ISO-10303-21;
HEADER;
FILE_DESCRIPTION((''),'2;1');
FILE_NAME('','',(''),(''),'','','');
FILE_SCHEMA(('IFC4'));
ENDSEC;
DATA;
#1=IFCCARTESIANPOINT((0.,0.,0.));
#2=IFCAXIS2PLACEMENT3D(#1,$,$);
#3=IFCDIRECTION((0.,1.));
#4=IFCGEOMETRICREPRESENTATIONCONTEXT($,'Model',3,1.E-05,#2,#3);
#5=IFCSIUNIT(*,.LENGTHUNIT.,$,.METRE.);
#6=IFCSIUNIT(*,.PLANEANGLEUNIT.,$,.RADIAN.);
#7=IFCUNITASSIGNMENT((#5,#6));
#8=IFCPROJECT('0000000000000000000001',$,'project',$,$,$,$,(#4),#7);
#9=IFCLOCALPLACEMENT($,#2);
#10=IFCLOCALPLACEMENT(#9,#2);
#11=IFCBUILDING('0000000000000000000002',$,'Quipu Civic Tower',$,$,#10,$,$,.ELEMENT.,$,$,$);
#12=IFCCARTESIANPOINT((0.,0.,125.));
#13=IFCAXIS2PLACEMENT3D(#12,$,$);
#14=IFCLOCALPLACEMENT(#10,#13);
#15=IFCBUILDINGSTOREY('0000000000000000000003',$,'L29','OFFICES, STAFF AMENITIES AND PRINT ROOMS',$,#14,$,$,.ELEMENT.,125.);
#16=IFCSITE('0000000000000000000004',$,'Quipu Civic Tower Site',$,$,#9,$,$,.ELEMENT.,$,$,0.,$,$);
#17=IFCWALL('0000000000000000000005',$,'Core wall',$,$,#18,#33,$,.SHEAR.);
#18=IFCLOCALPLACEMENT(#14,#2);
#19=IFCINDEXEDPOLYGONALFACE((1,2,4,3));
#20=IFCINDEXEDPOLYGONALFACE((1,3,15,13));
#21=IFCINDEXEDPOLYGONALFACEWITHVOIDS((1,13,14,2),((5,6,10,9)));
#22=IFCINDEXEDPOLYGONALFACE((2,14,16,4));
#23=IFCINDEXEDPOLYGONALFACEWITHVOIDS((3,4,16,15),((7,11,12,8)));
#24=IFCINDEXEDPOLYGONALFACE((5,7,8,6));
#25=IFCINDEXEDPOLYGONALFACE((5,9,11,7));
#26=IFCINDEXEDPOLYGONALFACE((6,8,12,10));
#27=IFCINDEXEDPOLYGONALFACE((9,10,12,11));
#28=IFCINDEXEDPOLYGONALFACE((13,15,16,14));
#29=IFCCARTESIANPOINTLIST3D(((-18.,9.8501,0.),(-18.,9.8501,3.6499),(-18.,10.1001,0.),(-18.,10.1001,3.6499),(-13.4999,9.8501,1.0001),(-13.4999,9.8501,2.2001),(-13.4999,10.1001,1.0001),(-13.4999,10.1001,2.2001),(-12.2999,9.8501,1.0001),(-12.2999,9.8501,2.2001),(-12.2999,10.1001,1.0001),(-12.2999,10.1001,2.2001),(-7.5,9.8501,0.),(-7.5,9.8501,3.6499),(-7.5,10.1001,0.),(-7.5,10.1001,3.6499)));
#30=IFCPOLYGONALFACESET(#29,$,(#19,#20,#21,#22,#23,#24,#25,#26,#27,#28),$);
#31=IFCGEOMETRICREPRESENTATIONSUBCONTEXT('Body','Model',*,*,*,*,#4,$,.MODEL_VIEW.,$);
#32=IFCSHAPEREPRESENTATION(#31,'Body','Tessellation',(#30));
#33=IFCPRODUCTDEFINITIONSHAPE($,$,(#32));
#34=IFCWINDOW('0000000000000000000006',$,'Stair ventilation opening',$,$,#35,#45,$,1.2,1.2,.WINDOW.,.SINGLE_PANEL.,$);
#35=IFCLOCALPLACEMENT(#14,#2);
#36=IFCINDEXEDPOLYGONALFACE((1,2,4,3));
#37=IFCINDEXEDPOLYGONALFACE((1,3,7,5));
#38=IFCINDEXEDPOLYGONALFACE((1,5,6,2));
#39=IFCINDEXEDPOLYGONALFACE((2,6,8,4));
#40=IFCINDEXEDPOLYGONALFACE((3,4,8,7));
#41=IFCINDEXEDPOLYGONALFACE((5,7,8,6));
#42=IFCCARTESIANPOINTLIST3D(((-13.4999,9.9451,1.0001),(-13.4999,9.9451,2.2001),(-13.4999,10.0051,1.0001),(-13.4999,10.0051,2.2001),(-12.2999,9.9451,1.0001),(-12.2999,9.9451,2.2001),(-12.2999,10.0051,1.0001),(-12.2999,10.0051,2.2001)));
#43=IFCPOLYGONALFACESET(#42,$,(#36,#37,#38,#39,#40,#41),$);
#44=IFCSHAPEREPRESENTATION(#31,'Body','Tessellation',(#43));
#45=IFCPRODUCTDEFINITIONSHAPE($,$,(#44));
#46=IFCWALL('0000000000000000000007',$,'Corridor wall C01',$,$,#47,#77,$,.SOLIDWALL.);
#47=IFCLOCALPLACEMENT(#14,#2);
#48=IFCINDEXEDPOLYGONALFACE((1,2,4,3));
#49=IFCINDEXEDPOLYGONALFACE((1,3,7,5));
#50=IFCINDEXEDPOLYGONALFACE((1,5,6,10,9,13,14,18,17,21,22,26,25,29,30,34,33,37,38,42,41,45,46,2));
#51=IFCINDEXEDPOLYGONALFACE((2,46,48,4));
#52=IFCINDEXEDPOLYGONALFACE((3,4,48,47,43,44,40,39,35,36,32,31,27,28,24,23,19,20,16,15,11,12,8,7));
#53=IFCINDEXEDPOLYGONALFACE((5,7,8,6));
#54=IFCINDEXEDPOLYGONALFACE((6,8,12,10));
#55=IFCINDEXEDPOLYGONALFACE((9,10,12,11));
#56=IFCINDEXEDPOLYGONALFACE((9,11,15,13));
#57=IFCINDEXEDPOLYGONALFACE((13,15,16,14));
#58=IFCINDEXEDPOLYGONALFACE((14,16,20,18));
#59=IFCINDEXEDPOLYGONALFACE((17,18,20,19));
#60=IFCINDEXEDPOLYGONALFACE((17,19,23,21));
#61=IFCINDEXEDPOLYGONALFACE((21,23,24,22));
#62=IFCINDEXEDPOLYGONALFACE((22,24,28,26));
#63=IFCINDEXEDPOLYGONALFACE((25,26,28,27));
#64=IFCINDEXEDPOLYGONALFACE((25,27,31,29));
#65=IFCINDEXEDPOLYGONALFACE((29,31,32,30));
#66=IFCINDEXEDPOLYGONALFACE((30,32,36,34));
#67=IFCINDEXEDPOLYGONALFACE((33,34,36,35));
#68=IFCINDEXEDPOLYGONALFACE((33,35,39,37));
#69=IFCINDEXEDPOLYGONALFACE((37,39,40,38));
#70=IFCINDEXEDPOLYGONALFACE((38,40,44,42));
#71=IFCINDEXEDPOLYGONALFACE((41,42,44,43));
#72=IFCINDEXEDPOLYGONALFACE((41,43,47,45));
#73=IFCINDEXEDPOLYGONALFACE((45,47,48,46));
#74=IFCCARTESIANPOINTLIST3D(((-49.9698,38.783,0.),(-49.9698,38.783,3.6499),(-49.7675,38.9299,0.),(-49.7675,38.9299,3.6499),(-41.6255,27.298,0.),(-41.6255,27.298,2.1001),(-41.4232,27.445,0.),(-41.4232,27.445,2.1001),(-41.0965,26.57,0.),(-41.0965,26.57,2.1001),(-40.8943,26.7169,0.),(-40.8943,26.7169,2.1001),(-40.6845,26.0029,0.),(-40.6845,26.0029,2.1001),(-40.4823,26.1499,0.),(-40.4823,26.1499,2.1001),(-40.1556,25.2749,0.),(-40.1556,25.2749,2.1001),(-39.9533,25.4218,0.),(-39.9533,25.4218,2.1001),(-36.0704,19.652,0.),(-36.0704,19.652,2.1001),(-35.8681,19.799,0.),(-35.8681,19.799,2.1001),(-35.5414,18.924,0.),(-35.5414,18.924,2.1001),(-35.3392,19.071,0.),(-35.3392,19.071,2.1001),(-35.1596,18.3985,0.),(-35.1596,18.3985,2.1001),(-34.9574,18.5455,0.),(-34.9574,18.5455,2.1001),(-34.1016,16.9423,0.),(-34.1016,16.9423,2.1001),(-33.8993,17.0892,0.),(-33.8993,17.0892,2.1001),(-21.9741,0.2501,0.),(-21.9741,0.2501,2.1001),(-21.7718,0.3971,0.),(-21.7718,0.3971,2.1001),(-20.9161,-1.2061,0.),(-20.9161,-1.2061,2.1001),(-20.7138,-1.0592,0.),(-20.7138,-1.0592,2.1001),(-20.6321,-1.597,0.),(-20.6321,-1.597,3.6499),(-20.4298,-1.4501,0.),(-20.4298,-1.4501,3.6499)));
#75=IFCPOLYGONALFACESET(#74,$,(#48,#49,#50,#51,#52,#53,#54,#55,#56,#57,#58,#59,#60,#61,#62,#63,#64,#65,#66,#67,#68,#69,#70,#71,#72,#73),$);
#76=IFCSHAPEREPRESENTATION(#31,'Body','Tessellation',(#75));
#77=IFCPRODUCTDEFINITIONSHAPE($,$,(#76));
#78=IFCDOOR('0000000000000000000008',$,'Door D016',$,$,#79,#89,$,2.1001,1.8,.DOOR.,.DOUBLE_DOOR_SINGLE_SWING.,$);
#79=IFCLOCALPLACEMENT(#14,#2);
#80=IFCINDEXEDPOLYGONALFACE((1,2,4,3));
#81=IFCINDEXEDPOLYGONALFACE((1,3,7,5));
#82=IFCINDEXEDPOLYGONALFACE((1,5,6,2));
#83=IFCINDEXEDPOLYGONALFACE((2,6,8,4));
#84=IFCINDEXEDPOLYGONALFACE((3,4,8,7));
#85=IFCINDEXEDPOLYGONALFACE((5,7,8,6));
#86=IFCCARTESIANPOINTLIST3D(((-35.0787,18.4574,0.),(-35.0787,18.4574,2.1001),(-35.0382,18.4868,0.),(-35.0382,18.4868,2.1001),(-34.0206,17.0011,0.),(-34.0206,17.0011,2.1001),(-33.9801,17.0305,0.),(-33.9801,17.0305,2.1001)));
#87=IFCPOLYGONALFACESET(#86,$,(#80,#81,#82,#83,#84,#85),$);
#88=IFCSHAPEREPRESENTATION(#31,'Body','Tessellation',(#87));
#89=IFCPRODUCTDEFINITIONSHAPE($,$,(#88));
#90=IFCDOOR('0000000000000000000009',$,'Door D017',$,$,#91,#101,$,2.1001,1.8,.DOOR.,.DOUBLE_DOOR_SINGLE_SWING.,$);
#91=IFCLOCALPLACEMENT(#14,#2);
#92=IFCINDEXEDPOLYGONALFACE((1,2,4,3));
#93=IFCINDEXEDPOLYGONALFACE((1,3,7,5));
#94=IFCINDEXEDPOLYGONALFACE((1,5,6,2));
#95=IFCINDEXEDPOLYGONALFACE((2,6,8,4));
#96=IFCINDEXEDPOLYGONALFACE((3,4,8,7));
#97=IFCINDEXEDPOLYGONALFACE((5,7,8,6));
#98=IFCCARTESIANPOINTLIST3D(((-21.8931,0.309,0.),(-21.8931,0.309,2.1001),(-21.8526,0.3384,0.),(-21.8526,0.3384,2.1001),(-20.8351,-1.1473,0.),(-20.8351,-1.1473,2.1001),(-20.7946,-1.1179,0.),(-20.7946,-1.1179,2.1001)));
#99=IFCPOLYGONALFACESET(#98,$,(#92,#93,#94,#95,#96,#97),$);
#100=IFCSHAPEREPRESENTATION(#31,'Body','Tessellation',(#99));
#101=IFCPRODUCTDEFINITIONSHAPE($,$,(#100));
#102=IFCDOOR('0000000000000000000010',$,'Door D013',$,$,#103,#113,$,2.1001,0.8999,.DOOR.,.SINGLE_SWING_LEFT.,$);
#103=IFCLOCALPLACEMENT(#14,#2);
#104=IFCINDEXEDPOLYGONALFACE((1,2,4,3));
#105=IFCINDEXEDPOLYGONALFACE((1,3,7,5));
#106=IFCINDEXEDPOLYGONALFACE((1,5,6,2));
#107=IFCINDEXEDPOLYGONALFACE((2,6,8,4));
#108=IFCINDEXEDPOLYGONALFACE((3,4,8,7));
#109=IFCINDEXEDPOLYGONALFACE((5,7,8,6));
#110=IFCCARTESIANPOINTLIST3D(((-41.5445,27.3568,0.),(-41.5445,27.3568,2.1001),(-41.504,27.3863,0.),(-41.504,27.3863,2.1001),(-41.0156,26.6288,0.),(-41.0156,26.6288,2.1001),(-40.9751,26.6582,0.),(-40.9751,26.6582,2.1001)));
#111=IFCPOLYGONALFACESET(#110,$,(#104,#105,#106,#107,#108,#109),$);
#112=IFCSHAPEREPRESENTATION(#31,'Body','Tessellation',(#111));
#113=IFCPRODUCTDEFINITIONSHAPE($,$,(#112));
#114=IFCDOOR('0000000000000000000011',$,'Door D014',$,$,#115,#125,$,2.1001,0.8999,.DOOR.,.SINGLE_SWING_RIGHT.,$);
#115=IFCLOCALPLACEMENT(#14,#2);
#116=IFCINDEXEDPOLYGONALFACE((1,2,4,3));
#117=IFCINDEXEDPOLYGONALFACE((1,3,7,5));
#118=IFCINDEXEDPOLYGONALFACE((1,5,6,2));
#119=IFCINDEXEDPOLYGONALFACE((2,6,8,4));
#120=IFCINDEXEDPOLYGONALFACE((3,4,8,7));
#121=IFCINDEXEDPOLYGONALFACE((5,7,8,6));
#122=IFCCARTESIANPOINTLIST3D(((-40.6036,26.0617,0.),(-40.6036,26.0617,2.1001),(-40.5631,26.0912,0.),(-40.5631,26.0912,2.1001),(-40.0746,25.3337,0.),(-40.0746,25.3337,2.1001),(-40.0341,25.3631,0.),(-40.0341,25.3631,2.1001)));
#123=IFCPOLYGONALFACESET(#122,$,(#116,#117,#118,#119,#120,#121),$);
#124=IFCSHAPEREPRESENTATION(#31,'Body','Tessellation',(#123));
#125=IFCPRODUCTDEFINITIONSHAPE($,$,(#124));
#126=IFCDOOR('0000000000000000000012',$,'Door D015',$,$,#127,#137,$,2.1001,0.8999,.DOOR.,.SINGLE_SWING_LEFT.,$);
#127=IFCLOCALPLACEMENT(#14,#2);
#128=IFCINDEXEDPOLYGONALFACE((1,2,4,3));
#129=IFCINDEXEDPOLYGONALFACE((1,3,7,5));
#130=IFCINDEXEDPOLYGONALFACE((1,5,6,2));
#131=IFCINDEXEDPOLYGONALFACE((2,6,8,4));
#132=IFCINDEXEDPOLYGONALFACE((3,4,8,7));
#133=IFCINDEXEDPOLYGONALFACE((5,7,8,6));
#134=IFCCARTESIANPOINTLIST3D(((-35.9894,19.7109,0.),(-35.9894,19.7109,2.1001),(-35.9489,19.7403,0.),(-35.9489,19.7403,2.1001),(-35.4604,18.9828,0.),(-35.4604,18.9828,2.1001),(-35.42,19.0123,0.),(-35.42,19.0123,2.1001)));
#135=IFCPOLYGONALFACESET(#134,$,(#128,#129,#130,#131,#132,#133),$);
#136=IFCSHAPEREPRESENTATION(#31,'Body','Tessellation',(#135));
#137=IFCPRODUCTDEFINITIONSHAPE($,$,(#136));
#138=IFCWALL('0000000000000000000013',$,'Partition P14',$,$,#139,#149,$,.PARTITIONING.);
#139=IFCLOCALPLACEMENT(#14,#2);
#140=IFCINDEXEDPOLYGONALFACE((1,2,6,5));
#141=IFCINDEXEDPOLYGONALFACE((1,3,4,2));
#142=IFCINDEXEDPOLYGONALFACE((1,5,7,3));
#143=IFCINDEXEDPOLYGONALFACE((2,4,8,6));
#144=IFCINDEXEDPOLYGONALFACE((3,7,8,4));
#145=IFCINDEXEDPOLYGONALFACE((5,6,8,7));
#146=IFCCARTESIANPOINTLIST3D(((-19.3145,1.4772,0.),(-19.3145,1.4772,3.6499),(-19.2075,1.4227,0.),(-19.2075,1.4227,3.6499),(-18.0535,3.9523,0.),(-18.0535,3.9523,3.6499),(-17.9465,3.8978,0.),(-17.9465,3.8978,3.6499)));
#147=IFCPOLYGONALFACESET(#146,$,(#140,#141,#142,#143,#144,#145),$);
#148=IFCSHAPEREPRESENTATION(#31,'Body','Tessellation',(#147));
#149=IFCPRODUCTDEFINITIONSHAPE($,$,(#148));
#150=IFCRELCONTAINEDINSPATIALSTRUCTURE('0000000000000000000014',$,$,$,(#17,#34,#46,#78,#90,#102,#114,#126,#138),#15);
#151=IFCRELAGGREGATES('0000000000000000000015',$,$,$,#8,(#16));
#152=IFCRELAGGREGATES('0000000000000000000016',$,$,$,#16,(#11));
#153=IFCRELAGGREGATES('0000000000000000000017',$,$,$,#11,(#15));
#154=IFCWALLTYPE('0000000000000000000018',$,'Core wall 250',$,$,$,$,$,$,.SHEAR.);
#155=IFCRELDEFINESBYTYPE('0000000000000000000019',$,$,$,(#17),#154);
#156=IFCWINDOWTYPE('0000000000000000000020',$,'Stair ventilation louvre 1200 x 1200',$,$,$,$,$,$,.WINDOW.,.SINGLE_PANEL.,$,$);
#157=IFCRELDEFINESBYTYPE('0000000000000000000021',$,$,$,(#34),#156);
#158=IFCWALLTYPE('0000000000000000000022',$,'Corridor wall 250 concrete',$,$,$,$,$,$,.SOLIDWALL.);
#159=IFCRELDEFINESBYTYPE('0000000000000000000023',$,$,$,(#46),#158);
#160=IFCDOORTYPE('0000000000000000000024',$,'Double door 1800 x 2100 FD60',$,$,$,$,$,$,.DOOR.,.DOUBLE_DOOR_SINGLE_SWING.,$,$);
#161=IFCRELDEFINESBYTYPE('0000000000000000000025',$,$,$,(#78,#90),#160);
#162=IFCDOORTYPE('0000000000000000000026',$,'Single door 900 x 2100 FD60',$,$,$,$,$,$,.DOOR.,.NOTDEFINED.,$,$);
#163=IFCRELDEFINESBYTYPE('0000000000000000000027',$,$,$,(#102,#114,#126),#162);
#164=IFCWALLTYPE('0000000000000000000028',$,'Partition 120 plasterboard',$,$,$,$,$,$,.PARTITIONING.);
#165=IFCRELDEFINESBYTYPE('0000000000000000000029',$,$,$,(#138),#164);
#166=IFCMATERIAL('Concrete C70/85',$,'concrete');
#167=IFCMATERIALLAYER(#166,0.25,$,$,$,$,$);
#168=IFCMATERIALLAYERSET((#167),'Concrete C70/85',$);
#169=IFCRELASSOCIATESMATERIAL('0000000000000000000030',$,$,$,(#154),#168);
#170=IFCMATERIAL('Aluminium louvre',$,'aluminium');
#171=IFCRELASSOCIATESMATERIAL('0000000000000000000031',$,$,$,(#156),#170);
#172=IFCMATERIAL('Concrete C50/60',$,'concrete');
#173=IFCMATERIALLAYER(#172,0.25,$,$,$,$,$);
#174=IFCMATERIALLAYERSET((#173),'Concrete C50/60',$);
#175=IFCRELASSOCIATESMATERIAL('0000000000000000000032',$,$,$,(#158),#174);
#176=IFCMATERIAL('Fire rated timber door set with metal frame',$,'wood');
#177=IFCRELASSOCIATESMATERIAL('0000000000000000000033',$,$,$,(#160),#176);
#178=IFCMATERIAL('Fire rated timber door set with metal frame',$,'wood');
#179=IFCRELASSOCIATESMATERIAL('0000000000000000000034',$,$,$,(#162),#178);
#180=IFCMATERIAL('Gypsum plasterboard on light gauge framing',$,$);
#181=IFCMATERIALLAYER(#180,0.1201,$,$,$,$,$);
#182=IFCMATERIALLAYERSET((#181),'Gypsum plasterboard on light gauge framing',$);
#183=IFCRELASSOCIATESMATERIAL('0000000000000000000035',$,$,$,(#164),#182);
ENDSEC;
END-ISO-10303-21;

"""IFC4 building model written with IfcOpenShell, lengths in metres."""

from ifc_helpers import new_model, si_unit, direction, frame, frame_2d, origin, place, context, subcontext, project, spatial, rectangle, extrude, material, layer, layer_set, type_object, element, fill, save


model = new_model("IFC4")

# Units and contexts
model_context = context("Model", 3, precision=1e-05, world=origin(), true_north=direction((0.0, 1.0)))
body_context = subcontext(model_context, "Body", "Model", "MODEL_VIEW")
ifc_project = project(units=[si_unit("LENGTHUNIT", "METRE"), si_unit("PLANEANGLEUNIT", "RADIAN")], contexts=[model_context])

# Site, building, storey
site_placement = place(None, origin())
site = spatial("IfcSite", under=ifc_project, at=site_placement, Name="Quipu Civic Tower Site", CompositionType="ELEMENT", RefElevation=0.0)
building_placement = place(site_placement, origin())
building = spatial("IfcBuilding", under=site, at=building_placement, Name="Quipu Civic Tower", CompositionType="ELEMENT")
storey_placement = place(building_placement, frame((0.0, 0.0, 125.0)))
storey = spatial("IfcBuildingStorey", under=building, at=storey_placement, Name="L29", Description="OFFICES, STAFF AMENITIES AND PRINT ROOMS", CompositionType="ELEMENT", Elevation=125.0)

# Shared definitions
ifc_material_1 = material(Name="Concrete C70/85", Category="concrete")
ifc_layer_1 = layer(ifc_material_1, 0.25)
ifc_layer_set_1 = layer_set([ifc_layer_1], Name="Concrete C70/85")
wall_type_1 = type_object("IfcWallType", Name="Core wall 250", PredefinedType="SHEAR", material=ifc_layer_set_1)

# Wall, opening, window
wall_1_placement = place(storey_placement, frame((-18.0, 9.9751, 0.0), z_axis=(0.0, 0.0, 1.0), x_axis=(1.0, 0.0, 0.0)))
wall_1 = element("IfcWall", 1, at=wall_1_placement, inside=storey, type_object=wall_type_1, Name="Core wall", PredefinedType="SHEAR", context=body_context, shape_type="SweptSolid", body=[
    extrude(rectangle(XDim=10.5, YDim=0.25, at=frame_2d((5.25, 0.0))), origin(), (0.0, 0.0, 1.0), 3.6499),
])
opening_1_placement = place(wall_1_placement, frame((4.5, 0.0, 1.0)))
opening_1 = element("IfcOpeningElement", 2, at=opening_1_placement, cuts=wall_1, PredefinedType="OPENING", context=body_context, shape_type="SweptSolid", body=[
    extrude(rectangle(XDim=1.2, YDim=1.2, at=frame_2d((0.6001, 0.6001))), frame((0.0, 0.135, 0.0), z_axis=(0.0, -1.0, 0.0), x_axis=(1.0, 0.0, 0.0)), (0.0, 0.0, 1.0), 0.27),
])
ifc_material_2 = material(Name="Aluminium louvre", Category="aluminium")
window_type = type_object("IfcWindowType", Name="Stair ventilation louvre 1200 x 1200", PartitioningType="SINGLE_PANEL", PredefinedType="WINDOW", material=ifc_material_2)
window_placement = place(opening_1_placement, origin())
window = element("IfcWindow", 3, at=window_placement, inside=storey, type_object=window_type, Name="Stair ventilation opening", OverallHeight=1.2, OverallWidth=1.2, PartitioningType="SINGLE_PANEL", PredefinedType="WINDOW", context=body_context, shape_type="SweptSolid", body=[
    extrude(rectangle(XDim=1.2, YDim=1.2, at=frame_2d((0.6001, 0.6001))), frame((0.0, 0.03, 0.0), z_axis=(0.0, -1.0, 0.0), x_axis=(1.0, 0.0, 0.0)), (0.0, 0.0, 1.0), 0.0601),
])
fill(opening_1, window)

# Wall, openings, doors
ifc_material_3 = material(Name="Concrete C50/60", Category="concrete")
ifc_layer_2 = layer(ifc_material_3, 0.25)
ifc_layer_set_2 = layer_set([ifc_layer_2], Name="Concrete C50/60")
wall_type_2 = type_object("IfcWallType", Name="Corridor wall 250 concrete", PredefinedType="SOLIDWALL", material=ifc_layer_set_2)
wall_2_placement = place(storey_placement, frame((-20.531, -1.5234, 0.0), z_axis=(0.0, 0.0, 1.0), x_axis=(-0.587785, 0.809018, 0.0)))
wall_2 = element("IfcWall", 4, at=wall_2_placement, inside=storey, type_object=wall_type_2, Name="Corridor wall C01", PredefinedType="SOLIDWALL", context=body_context, shape_type="SweptSolid", body=[
    extrude(rectangle(XDim=49.9124, YDim=0.25, at=frame_2d((24.9561, 0.0))), origin(), (0.0, 0.0, 1.0), 3.6499),
])
opening_2_placement = place(wall_2_placement, frame((34.8162, 0.0, 0.0)))
opening_2 = element("IfcOpeningElement", 5, at=opening_2_placement, cuts=wall_2, PredefinedType="OPENING", context=body_context, shape_type="SweptSolid", body=[
    extrude(rectangle(XDim=0.8999, YDim=2.1001, at=frame_2d((0.45, 1.05))), frame((0.0, 0.135, 0.0), z_axis=(0.0, -1.0, 0.0), x_axis=(1.0, 0.0, 0.0)), (0.0, 0.0, 1.0), 0.27),
])
opening_3_placement = place(wall_2_placement, frame((33.2153, 0.0, 0.0)))
opening_3 = element("IfcOpeningElement", 6, at=opening_3_placement, cuts=wall_2, PredefinedType="OPENING", context=body_context, shape_type="SweptSolid", body=[
    extrude(rectangle(XDim=0.8999, YDim=2.1001, at=frame_2d((0.45, 1.05))), frame((0.0, 0.135, 0.0), z_axis=(0.0, -1.0, 0.0), x_axis=(1.0, 0.0, 0.0)), (0.0, 0.0, 1.0), 0.27),
])
opening_4_placement = place(wall_2_placement, frame((22.9158, 0.0, 0.0)))
opening_4 = element("IfcOpeningElement", 7, at=opening_4_placement, cuts=wall_2, PredefinedType="OPENING", context=body_context, shape_type="SweptSolid", body=[
    extrude(rectangle(XDim=1.8, YDim=2.1001, at=frame_2d((0.8999, 1.05))), frame((0.0, 0.135, 0.0), z_axis=(0.0, -1.0, 0.0), x_axis=(1.0, 0.0, 0.0)), (0.0, 0.0, 1.0), 0.27),
])
opening_5_placement = place(wall_2_placement, frame((0.4832, 0.0, 0.0)))
opening_5 = element("IfcOpeningElement", 8, at=opening_5_placement, cuts=wall_2, PredefinedType="OPENING", context=body_context, shape_type="SweptSolid", body=[
    extrude(rectangle(XDim=1.8, YDim=2.1001, at=frame_2d((0.8999, 1.05))), frame((0.0, 0.135, 0.0), z_axis=(0.0, -1.0, 0.0), x_axis=(1.0, 0.0, 0.0)), (0.0, 0.0, 1.0), 0.27),
])
opening_6_placement = place(wall_2_placement, frame((25.3652, 0.0, 0.0)))
opening_6 = element("IfcOpeningElement", 9, at=opening_6_placement, cuts=wall_2, PredefinedType="OPENING", context=body_context, shape_type="SweptSolid", body=[
    extrude(rectangle(XDim=0.8999, YDim=2.1001, at=frame_2d((0.45, 1.05))), frame((0.0, 0.135, 0.0), z_axis=(0.0, -1.0, 0.0), x_axis=(1.0, 0.0, 0.0)), (0.0, 0.0, 1.0), 0.27),
])
ifc_material_4 = material(Name="Fire rated timber door set with metal frame", Category="wood")
door_type_1 = type_object("IfcDoorType", Name="Double door 1800 x 2100 FD60", OperationType="DOUBLE_DOOR_SINGLE_SWING", PredefinedType="DOOR", material=ifc_material_4)
door_1_placement = place(opening_4_placement, origin())
door_1 = element("IfcDoor", 10, at=door_1_placement, inside=storey, type_object=door_type_1, Name="Door D016", OperationType="DOUBLE_DOOR_SINGLE_SWING", OverallHeight=2.1001, OverallWidth=1.8, PredefinedType="DOOR", context=body_context, shape_type="SweptSolid", body=[
    extrude(rectangle(XDim=1.8, YDim=2.1001, at=frame_2d((0.8999, 1.05))), frame((0.0, 0.0249, 0.0), z_axis=(0.0, -1.0, 0.0), x_axis=(1.0, 0.0, 0.0)), (0.0, 0.0, 1.0), 0.05),
])
fill(opening_4, door_1)
door_2_placement = place(opening_5_placement, origin())
door_2 = element("IfcDoor", 11, at=door_2_placement, inside=storey, type_object=door_type_1, Name="Door D017", OperationType="DOUBLE_DOOR_SINGLE_SWING", OverallHeight=2.1001, OverallWidth=1.8, PredefinedType="DOOR", context=body_context, shape_type="SweptSolid", body=[
    extrude(rectangle(XDim=1.8, YDim=2.1001, at=frame_2d((0.8999, 1.05))), frame((0.0, 0.0249, 0.0), z_axis=(0.0, -1.0, 0.0), x_axis=(1.0, 0.0, 0.0)), (0.0, 0.0, 1.0), 0.05),
])
fill(opening_5, door_2)
ifc_material_5 = material(Name="Fire rated timber door set with metal frame", Category="wood")
door_type_2 = type_object("IfcDoorType", Name="Single door 900 x 2100 FD60", OperationType="NOTDEFINED", PredefinedType="DOOR", material=ifc_material_5)
door_3_placement = place(opening_2_placement, origin())
door_3 = element("IfcDoor", 12, at=door_3_placement, inside=storey, type_object=door_type_2, Name="Door D013", OperationType="SINGLE_SWING_LEFT", OverallHeight=2.1001, OverallWidth=0.8999, PredefinedType="DOOR", context=body_context, shape_type="SweptSolid", body=[
    extrude(rectangle(XDim=0.8999, YDim=2.1001, at=frame_2d((0.45, 1.05))), frame((0.0, 0.0249, 0.0), z_axis=(0.0, -1.0, 0.0), x_axis=(1.0, 0.0, 0.0)), (0.0, 0.0, 1.0), 0.05),
])
fill(opening_2, door_3)
door_4_placement = place(opening_3_placement, origin())
door_4 = element("IfcDoor", 13, at=door_4_placement, inside=storey, type_object=door_type_2, Name="Door D014", OperationType="SINGLE_SWING_RIGHT", OverallHeight=2.1001, OverallWidth=0.8999, PredefinedType="DOOR", context=body_context, shape_type="SweptSolid", body=[
    extrude(rectangle(XDim=0.8999, YDim=2.1001, at=frame_2d((0.45, 1.05))), frame((0.0, 0.0249, 0.0), z_axis=(0.0, -1.0, 0.0), x_axis=(1.0, 0.0, 0.0)), (0.0, 0.0, 1.0), 0.05),
])
fill(opening_3, door_4)
door_5_placement = place(opening_6_placement, origin())
door_5 = element("IfcDoor", 14, at=door_5_placement, inside=storey, type_object=door_type_2, Name="Door D015", OperationType="SINGLE_SWING_LEFT", OverallHeight=2.1001, OverallWidth=0.8999, PredefinedType="DOOR", context=body_context, shape_type="SweptSolid", body=[
    extrude(rectangle(XDim=0.8999, YDim=2.1001, at=frame_2d((0.45, 1.05))), frame((0.0, 0.0249, 0.0), z_axis=(0.0, -1.0, 0.0), x_axis=(1.0, 0.0, 0.0)), (0.0, 0.0, 1.0), 0.05),
])
fill(opening_6, door_5)

# Wall
ifc_material_6 = material(Name="Gypsum plasterboard on light gauge framing")
ifc_layer_3 = layer(ifc_material_6, 0.1201)
ifc_layer_set_3 = layer_set([ifc_layer_3], Name="Gypsum plasterboard on light gauge framing")
wall_type_3 = type_object("IfcWallType", Name="Partition 120 plasterboard", PredefinedType="PARTITIONING", material=ifc_layer_set_3)
wall_3_placement = place(storey_placement, frame((-19.261, 1.45, 0.0), z_axis=(0.0, 0.0, 1.0), x_axis=(0.453951, 0.891027, 0.0)))
element("IfcWall", 15, at=wall_3_placement, inside=storey, type_object=wall_type_3, Name="Partition P14", PredefinedType="PARTITIONING", context=body_context, shape_type="SweptSolid", body=[
    extrude(rectangle(XDim=2.7778, YDim=0.1201, at=frame_2d((1.3889, 0.0))), origin(), (0.0, 0.0, 1.0), 3.6499),
])

save(model, "model.ifc")
